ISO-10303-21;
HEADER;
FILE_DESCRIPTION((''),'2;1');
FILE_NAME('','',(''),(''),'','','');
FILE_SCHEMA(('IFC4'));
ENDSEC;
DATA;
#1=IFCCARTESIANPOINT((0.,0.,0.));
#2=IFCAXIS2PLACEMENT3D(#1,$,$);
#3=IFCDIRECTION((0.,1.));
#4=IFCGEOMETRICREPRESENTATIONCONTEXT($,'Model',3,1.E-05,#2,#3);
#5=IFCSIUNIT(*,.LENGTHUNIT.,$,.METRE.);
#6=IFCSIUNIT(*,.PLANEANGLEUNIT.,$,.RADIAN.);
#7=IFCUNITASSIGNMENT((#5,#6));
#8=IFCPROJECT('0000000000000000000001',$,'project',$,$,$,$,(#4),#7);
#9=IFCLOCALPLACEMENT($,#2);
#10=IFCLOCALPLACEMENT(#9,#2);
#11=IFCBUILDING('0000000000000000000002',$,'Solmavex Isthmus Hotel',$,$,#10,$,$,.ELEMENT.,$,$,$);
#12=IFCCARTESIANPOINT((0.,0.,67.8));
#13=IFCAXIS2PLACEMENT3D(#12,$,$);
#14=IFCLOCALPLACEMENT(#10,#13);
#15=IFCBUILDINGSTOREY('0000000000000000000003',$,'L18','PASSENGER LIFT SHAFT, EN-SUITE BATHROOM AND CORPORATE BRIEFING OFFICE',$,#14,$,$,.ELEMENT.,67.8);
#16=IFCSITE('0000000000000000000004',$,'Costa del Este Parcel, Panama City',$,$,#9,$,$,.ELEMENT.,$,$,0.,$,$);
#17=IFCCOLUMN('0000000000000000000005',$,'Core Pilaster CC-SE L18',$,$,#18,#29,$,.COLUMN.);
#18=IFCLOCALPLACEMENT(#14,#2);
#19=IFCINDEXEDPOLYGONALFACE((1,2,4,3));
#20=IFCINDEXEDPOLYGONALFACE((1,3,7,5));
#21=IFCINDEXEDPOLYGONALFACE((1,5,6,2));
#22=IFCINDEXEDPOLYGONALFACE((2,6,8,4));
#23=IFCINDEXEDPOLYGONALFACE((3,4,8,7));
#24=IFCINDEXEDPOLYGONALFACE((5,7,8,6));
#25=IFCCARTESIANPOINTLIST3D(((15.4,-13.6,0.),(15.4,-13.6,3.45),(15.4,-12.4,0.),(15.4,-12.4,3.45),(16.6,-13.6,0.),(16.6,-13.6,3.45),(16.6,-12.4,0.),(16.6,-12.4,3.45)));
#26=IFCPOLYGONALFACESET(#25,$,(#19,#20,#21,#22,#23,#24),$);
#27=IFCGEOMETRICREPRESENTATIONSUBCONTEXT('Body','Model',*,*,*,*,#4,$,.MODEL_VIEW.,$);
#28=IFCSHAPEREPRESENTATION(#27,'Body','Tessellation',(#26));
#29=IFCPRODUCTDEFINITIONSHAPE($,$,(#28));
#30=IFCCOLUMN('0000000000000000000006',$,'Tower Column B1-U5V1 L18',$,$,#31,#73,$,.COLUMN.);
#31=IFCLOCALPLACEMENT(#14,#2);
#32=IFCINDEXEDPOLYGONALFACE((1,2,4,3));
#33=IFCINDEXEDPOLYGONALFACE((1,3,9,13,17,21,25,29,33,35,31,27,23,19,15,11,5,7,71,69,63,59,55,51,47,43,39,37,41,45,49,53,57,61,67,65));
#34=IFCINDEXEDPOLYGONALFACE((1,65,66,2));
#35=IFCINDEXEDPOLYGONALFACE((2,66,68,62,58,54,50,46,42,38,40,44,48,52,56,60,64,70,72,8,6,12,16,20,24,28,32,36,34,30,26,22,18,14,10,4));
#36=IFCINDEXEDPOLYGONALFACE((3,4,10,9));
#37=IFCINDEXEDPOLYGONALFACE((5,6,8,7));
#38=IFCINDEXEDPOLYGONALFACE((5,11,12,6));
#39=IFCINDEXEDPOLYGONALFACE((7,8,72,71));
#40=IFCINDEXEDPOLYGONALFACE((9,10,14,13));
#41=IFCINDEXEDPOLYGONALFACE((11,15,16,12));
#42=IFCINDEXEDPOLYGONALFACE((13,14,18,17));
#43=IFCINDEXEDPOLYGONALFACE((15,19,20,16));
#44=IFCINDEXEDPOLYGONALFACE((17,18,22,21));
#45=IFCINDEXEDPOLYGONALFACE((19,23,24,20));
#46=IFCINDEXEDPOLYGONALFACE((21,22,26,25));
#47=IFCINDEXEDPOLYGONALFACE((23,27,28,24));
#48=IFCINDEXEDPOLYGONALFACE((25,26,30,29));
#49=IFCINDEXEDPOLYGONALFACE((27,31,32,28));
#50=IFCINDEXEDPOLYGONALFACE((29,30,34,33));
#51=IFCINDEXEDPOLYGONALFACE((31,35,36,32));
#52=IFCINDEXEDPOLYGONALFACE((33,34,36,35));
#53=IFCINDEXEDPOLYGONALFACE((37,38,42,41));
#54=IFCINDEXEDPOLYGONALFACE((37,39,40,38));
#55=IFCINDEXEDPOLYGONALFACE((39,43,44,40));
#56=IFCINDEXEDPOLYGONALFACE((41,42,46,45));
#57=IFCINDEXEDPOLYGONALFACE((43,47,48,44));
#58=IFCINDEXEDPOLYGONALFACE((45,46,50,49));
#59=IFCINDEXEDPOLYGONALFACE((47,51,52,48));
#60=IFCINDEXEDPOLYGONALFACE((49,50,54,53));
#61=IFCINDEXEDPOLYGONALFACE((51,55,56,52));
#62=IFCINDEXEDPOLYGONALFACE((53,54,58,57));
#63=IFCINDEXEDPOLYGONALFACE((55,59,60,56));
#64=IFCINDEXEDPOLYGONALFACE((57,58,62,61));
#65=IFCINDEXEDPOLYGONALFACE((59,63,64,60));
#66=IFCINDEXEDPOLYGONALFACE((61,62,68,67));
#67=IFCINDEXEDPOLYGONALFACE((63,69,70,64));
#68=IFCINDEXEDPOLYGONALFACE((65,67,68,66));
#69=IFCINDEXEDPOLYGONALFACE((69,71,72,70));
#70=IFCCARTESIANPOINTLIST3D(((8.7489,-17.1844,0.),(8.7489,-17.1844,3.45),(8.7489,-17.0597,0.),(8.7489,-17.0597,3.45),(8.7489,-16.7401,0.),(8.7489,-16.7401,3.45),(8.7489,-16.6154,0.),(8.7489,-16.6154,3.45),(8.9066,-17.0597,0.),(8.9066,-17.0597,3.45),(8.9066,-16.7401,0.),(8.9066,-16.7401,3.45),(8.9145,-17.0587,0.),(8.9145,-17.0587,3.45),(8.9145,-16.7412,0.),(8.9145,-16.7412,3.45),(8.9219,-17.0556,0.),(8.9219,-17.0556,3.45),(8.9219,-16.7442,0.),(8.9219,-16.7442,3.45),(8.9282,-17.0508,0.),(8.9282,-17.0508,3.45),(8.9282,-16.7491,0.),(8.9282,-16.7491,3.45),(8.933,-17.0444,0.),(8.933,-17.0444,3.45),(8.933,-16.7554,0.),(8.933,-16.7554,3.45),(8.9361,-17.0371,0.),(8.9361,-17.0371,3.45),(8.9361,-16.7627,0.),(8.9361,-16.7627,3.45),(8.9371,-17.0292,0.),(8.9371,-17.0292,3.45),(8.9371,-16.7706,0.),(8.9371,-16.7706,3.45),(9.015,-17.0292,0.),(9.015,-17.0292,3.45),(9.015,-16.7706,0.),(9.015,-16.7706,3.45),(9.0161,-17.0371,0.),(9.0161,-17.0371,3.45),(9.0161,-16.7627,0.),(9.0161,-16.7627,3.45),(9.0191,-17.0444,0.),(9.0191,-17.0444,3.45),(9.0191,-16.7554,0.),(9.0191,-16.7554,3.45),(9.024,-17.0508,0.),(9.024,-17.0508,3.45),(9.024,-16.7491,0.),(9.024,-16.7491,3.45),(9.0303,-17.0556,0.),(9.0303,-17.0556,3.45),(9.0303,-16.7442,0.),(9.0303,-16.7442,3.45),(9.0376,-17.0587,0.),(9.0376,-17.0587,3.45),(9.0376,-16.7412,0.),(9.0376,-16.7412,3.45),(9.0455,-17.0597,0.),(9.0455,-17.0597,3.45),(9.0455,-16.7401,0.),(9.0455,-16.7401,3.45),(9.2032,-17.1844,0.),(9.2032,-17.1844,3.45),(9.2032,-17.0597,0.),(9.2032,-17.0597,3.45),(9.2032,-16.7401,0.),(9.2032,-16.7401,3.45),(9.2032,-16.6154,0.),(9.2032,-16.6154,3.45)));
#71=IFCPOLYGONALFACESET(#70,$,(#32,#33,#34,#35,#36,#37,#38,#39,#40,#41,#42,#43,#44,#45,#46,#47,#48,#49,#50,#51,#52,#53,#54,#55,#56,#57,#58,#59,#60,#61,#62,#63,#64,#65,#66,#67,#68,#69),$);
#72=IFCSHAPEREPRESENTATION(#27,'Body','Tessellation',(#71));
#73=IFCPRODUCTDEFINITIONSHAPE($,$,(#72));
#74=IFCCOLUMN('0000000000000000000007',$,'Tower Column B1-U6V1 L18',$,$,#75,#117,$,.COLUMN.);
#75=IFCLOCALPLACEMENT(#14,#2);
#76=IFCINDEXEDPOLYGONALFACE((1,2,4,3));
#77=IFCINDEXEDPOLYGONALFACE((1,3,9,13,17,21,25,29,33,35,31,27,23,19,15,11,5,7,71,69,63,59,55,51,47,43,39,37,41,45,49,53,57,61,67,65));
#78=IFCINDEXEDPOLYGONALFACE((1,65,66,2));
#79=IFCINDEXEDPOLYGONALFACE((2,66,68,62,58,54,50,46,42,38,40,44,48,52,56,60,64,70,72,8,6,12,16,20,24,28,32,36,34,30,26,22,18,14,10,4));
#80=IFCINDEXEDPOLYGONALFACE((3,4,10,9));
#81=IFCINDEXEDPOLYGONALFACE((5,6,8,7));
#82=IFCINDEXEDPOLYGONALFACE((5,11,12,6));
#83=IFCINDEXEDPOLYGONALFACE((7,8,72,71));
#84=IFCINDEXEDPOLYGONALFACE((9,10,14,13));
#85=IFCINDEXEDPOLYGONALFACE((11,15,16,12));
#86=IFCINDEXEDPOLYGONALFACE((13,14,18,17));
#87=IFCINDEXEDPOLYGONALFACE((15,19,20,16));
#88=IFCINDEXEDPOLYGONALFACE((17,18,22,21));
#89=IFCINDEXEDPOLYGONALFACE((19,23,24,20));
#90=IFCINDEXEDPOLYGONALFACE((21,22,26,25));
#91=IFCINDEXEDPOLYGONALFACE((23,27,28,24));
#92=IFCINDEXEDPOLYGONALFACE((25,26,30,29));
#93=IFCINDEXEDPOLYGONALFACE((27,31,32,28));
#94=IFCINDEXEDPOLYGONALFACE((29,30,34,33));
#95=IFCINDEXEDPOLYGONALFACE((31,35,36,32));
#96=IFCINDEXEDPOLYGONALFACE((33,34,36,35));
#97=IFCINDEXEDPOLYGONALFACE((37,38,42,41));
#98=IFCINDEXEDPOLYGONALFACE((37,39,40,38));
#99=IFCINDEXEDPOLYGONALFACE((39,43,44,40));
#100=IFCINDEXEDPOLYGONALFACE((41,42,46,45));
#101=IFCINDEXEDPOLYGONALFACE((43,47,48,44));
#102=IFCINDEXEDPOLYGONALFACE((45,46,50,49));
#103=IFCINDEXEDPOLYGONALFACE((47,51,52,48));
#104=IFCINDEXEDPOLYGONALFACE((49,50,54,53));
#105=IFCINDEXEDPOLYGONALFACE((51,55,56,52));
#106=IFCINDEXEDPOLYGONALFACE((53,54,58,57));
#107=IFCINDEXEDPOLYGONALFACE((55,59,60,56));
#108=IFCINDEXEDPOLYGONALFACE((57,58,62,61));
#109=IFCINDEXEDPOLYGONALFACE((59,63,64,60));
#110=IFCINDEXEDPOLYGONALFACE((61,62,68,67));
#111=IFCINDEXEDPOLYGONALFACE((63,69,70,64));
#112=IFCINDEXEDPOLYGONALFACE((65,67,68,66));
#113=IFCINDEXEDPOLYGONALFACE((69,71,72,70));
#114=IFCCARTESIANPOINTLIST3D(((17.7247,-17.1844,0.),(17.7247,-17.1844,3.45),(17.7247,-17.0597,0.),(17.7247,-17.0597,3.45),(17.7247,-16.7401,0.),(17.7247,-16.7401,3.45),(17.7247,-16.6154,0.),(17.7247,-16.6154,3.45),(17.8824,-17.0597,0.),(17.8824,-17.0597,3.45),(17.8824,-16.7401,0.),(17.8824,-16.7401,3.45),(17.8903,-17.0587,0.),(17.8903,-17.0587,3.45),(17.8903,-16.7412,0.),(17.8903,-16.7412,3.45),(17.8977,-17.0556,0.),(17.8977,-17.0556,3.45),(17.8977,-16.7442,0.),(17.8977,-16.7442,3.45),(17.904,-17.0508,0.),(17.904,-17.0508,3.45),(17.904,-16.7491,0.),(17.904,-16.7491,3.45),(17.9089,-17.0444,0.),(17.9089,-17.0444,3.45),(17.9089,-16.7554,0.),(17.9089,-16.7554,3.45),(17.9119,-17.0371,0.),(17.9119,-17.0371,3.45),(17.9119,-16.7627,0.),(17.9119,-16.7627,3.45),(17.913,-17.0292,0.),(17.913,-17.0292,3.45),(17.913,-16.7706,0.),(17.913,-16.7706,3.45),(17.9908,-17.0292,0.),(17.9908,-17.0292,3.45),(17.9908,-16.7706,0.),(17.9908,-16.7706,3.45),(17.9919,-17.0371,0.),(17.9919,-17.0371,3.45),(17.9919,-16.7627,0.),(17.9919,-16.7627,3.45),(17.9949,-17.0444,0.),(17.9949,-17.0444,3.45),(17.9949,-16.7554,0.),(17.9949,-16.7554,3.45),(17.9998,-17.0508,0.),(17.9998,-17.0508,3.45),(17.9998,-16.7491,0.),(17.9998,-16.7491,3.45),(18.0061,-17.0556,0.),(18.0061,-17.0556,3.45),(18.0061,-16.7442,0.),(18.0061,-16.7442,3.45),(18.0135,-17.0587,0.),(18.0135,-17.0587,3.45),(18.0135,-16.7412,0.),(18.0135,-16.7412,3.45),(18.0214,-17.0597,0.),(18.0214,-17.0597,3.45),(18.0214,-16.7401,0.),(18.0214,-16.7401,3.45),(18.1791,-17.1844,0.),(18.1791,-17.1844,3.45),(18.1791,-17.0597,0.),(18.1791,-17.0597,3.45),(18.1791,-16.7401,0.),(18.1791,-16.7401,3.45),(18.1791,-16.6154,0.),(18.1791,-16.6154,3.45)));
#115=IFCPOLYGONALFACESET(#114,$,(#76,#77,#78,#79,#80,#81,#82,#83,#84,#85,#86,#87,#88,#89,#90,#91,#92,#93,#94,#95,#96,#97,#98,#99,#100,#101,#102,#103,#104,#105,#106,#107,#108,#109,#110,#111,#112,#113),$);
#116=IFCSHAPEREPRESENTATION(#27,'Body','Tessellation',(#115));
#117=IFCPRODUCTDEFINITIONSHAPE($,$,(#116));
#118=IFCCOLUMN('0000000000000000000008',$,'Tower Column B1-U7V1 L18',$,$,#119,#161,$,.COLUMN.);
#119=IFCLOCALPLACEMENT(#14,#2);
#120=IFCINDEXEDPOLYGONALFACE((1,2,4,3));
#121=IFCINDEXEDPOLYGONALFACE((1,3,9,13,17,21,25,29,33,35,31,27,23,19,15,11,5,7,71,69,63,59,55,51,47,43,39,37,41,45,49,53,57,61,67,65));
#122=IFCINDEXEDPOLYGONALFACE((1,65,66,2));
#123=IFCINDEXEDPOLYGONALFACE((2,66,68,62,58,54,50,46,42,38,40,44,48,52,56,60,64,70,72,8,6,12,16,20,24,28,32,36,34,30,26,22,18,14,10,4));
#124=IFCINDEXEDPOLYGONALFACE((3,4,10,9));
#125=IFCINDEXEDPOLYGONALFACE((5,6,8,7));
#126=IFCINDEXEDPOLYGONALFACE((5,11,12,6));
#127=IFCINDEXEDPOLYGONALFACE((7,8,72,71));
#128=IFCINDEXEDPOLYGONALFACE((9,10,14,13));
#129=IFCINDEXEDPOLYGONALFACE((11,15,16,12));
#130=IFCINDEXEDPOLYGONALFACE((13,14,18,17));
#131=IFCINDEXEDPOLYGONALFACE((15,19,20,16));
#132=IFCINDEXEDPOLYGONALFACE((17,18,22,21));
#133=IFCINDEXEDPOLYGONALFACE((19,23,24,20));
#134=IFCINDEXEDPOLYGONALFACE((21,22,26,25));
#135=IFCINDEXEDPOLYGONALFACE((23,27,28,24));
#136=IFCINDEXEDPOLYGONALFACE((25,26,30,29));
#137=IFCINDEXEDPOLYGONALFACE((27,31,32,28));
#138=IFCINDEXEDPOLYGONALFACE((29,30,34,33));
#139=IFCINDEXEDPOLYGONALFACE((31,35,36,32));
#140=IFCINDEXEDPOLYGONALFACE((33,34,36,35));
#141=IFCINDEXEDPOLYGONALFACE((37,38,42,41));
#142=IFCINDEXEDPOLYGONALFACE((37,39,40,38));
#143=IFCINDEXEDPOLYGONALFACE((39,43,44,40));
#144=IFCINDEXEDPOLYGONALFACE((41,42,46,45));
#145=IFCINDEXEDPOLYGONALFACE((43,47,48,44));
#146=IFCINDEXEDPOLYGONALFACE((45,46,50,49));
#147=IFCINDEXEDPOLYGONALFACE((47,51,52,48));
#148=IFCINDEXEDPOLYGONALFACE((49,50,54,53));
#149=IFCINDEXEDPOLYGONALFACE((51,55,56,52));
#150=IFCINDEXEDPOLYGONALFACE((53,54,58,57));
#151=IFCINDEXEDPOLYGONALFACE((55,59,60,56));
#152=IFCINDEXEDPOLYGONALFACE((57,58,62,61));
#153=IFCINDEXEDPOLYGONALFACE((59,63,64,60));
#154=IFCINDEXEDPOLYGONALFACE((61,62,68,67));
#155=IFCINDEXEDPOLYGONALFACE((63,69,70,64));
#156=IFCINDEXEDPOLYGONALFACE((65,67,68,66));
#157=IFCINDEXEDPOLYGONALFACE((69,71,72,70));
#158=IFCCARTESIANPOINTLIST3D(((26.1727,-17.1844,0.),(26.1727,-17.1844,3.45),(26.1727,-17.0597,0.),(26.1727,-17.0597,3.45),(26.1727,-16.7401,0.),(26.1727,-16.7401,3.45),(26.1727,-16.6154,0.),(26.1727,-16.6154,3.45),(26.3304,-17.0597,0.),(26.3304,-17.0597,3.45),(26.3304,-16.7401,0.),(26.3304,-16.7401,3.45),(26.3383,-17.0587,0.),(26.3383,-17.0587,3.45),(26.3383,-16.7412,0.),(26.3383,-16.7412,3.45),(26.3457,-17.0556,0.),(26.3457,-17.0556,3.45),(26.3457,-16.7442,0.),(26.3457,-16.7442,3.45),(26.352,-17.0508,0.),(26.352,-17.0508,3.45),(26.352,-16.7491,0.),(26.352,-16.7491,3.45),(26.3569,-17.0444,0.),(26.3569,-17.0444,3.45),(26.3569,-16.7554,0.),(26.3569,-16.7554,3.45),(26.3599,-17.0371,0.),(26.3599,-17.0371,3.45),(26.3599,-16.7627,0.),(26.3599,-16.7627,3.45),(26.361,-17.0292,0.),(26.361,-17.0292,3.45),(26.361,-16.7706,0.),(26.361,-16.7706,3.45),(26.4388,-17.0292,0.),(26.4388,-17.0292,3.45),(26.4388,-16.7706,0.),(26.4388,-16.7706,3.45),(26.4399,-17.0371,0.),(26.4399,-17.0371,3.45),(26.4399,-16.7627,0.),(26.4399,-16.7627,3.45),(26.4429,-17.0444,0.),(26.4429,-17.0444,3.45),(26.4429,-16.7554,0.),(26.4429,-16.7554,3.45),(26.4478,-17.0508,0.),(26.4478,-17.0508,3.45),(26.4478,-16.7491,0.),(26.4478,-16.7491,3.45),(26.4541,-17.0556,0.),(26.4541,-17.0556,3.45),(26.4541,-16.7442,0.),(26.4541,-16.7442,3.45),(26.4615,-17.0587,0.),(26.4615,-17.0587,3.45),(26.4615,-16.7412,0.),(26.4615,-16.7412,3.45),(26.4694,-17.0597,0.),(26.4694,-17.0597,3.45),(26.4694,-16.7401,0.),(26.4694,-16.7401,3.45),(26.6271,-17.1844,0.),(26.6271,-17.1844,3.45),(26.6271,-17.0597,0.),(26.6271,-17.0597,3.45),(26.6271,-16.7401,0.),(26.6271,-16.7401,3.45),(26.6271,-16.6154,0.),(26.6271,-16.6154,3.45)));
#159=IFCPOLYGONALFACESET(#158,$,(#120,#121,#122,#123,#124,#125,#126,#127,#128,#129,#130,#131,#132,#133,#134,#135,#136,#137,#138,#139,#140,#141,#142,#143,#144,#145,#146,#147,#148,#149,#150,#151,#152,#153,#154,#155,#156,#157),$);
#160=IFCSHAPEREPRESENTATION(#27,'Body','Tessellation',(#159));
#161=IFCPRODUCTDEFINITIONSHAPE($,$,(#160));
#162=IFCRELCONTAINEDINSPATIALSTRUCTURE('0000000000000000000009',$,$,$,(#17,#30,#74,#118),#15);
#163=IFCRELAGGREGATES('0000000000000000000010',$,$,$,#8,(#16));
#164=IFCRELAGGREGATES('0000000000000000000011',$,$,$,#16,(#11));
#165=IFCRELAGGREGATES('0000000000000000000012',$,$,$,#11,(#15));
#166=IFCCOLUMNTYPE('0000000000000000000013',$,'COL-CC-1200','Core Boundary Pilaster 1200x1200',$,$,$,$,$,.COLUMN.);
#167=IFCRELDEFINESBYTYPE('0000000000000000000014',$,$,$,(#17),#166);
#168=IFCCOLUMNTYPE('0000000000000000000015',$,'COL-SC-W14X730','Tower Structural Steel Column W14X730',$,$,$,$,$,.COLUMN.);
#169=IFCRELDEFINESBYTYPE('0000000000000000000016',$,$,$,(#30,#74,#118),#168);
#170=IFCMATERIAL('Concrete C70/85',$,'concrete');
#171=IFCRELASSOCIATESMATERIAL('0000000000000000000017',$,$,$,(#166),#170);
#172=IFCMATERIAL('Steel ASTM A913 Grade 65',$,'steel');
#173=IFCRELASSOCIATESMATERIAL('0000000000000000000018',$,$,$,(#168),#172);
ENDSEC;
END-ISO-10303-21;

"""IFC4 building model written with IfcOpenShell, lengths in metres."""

from ifc_helpers import new_model, si_unit, direction, frame, origin, origin_2d, place, context, subcontext, project, spatial, rectangle, i_section, extrude, material, material_profile, profile_set, type_object, element, save


model = new_model("IFC4")

# Units and contexts
model_context = context("Model", 3, precision=1e-05, world=origin(), true_north=direction((0.0, 1.0)))
body_context = subcontext(model_context, "Body", "Model", "MODEL_VIEW")
ifc_project = project(units=[si_unit("LENGTHUNIT", "METRE"), si_unit("PLANEANGLEUNIT", "RADIAN")], contexts=[model_context])

# Site, building, storey
site_placement = place(None, origin())
site = spatial("IfcSite", under=ifc_project, at=site_placement, Name="Costa del Este Parcel, Panama City", CompositionType="ELEMENT", RefElevation=0.0)
building_placement = place(site_placement, origin())
building = spatial("IfcBuilding", under=site, at=building_placement, Name="Solmavex Isthmus Hotel", CompositionType="ELEMENT")
storey_placement = place(building_placement, frame((0.0, 0.0, 67.8)))
storey = spatial("IfcBuildingStorey", under=building, at=storey_placement, Name="L18", Description="PASSENGER LIFT SHAFT, EN-SUITE BATHROOM AND CORPORATE BRIEFING OFFICE", CompositionType="ELEMENT", Elevation=67.8)

# Columns
ifc_material_1 = material(Name="Concrete C70/85", Category="concrete")
ifc_material_profile_1 = material_profile(ifc_material_1, rectangle(XDim=1.2, YDim=1.2, at=origin_2d()), Name="RC1200X1200")
ifc_profile_set_1 = profile_set([ifc_material_profile_1], Name="Concrete C70/85")
column_type_1 = type_object("IfcColumnType", Name="COL-CC-1200", Description="Core Boundary Pilaster 1200x1200", PredefinedType="COLUMN", material=ifc_profile_set_1)
column_placement = place(storey_placement, frame((16.0, -13.0, 0.0), z_axis=(0.0, 0.0, 1.0), x_axis=(1.0, 0.0, 0.0)))
element("IfcColumn", 1, at=column_placement, inside=storey, type_object=column_type_1, Name="Core Pilaster CC-SE L18", PredefinedType="COLUMN", context=body_context, shape_type="SweptSolid", body=[
    extrude(rectangle(XDim=1.2, YDim=1.2, at=origin_2d()), origin(), (0.0, 0.0, 1.0), 3.45),
])
ifc_material_2 = material(Name="Steel ASTM A913 Grade 65", Category="steel")
ifc_material_profile_2 = material_profile(ifc_material_2, i_section(OverallWidth=0.4543, OverallDepth=0.5691, WebThickness=0.0779, FlangeThickness=0.1248, FilletRadius=0.0305, at=origin_2d()), Name="W14X730")
ifc_profile_set_2 = profile_set([ifc_material_profile_2], Name="Steel ASTM A913 Grade 65")
column_type_2 = type_object("IfcColumnType", Name="COL-SC-W14X730", Description="Tower Structural Steel Column W14X730", PredefinedType="COLUMN", material=ifc_profile_set_2)
for number, where, z_axis, x_axis, name in (
    (2, (8.9761, -16.8999, 0.0), (0.0, 0.0, 1.0), (1.0, 0.0, 0.0), "Tower Column B1-U5V1 L18"),
    (3, (17.9519, -16.8999, 0.0), (0.0, 0.0, 1.0), (1.0, 0.0, 0.0), "Tower Column B1-U6V1 L18"),
    (4, (26.3999, -16.8999, 0.0), (0.0, 0.0, 1.0), (1.0, 0.0, 0.0), "Tower Column B1-U7V1 L18"),
):
    element("IfcColumn", number, at=place(storey_placement, frame(where, z_axis=z_axis, x_axis=x_axis)), inside=storey, type_object=column_type_2, Name=name, PredefinedType="COLUMN", context=body_context, shape_type="SweptSolid", body=[
        extrude(i_section(OverallWidth=0.4543, OverallDepth=0.5691, WebThickness=0.0779, FlangeThickness=0.1248, FilletRadius=0.0305, at=origin_2d()), origin(), (0.0, 0.0, 1.0), 3.45),
    ])

save(model, "model.ifc")
